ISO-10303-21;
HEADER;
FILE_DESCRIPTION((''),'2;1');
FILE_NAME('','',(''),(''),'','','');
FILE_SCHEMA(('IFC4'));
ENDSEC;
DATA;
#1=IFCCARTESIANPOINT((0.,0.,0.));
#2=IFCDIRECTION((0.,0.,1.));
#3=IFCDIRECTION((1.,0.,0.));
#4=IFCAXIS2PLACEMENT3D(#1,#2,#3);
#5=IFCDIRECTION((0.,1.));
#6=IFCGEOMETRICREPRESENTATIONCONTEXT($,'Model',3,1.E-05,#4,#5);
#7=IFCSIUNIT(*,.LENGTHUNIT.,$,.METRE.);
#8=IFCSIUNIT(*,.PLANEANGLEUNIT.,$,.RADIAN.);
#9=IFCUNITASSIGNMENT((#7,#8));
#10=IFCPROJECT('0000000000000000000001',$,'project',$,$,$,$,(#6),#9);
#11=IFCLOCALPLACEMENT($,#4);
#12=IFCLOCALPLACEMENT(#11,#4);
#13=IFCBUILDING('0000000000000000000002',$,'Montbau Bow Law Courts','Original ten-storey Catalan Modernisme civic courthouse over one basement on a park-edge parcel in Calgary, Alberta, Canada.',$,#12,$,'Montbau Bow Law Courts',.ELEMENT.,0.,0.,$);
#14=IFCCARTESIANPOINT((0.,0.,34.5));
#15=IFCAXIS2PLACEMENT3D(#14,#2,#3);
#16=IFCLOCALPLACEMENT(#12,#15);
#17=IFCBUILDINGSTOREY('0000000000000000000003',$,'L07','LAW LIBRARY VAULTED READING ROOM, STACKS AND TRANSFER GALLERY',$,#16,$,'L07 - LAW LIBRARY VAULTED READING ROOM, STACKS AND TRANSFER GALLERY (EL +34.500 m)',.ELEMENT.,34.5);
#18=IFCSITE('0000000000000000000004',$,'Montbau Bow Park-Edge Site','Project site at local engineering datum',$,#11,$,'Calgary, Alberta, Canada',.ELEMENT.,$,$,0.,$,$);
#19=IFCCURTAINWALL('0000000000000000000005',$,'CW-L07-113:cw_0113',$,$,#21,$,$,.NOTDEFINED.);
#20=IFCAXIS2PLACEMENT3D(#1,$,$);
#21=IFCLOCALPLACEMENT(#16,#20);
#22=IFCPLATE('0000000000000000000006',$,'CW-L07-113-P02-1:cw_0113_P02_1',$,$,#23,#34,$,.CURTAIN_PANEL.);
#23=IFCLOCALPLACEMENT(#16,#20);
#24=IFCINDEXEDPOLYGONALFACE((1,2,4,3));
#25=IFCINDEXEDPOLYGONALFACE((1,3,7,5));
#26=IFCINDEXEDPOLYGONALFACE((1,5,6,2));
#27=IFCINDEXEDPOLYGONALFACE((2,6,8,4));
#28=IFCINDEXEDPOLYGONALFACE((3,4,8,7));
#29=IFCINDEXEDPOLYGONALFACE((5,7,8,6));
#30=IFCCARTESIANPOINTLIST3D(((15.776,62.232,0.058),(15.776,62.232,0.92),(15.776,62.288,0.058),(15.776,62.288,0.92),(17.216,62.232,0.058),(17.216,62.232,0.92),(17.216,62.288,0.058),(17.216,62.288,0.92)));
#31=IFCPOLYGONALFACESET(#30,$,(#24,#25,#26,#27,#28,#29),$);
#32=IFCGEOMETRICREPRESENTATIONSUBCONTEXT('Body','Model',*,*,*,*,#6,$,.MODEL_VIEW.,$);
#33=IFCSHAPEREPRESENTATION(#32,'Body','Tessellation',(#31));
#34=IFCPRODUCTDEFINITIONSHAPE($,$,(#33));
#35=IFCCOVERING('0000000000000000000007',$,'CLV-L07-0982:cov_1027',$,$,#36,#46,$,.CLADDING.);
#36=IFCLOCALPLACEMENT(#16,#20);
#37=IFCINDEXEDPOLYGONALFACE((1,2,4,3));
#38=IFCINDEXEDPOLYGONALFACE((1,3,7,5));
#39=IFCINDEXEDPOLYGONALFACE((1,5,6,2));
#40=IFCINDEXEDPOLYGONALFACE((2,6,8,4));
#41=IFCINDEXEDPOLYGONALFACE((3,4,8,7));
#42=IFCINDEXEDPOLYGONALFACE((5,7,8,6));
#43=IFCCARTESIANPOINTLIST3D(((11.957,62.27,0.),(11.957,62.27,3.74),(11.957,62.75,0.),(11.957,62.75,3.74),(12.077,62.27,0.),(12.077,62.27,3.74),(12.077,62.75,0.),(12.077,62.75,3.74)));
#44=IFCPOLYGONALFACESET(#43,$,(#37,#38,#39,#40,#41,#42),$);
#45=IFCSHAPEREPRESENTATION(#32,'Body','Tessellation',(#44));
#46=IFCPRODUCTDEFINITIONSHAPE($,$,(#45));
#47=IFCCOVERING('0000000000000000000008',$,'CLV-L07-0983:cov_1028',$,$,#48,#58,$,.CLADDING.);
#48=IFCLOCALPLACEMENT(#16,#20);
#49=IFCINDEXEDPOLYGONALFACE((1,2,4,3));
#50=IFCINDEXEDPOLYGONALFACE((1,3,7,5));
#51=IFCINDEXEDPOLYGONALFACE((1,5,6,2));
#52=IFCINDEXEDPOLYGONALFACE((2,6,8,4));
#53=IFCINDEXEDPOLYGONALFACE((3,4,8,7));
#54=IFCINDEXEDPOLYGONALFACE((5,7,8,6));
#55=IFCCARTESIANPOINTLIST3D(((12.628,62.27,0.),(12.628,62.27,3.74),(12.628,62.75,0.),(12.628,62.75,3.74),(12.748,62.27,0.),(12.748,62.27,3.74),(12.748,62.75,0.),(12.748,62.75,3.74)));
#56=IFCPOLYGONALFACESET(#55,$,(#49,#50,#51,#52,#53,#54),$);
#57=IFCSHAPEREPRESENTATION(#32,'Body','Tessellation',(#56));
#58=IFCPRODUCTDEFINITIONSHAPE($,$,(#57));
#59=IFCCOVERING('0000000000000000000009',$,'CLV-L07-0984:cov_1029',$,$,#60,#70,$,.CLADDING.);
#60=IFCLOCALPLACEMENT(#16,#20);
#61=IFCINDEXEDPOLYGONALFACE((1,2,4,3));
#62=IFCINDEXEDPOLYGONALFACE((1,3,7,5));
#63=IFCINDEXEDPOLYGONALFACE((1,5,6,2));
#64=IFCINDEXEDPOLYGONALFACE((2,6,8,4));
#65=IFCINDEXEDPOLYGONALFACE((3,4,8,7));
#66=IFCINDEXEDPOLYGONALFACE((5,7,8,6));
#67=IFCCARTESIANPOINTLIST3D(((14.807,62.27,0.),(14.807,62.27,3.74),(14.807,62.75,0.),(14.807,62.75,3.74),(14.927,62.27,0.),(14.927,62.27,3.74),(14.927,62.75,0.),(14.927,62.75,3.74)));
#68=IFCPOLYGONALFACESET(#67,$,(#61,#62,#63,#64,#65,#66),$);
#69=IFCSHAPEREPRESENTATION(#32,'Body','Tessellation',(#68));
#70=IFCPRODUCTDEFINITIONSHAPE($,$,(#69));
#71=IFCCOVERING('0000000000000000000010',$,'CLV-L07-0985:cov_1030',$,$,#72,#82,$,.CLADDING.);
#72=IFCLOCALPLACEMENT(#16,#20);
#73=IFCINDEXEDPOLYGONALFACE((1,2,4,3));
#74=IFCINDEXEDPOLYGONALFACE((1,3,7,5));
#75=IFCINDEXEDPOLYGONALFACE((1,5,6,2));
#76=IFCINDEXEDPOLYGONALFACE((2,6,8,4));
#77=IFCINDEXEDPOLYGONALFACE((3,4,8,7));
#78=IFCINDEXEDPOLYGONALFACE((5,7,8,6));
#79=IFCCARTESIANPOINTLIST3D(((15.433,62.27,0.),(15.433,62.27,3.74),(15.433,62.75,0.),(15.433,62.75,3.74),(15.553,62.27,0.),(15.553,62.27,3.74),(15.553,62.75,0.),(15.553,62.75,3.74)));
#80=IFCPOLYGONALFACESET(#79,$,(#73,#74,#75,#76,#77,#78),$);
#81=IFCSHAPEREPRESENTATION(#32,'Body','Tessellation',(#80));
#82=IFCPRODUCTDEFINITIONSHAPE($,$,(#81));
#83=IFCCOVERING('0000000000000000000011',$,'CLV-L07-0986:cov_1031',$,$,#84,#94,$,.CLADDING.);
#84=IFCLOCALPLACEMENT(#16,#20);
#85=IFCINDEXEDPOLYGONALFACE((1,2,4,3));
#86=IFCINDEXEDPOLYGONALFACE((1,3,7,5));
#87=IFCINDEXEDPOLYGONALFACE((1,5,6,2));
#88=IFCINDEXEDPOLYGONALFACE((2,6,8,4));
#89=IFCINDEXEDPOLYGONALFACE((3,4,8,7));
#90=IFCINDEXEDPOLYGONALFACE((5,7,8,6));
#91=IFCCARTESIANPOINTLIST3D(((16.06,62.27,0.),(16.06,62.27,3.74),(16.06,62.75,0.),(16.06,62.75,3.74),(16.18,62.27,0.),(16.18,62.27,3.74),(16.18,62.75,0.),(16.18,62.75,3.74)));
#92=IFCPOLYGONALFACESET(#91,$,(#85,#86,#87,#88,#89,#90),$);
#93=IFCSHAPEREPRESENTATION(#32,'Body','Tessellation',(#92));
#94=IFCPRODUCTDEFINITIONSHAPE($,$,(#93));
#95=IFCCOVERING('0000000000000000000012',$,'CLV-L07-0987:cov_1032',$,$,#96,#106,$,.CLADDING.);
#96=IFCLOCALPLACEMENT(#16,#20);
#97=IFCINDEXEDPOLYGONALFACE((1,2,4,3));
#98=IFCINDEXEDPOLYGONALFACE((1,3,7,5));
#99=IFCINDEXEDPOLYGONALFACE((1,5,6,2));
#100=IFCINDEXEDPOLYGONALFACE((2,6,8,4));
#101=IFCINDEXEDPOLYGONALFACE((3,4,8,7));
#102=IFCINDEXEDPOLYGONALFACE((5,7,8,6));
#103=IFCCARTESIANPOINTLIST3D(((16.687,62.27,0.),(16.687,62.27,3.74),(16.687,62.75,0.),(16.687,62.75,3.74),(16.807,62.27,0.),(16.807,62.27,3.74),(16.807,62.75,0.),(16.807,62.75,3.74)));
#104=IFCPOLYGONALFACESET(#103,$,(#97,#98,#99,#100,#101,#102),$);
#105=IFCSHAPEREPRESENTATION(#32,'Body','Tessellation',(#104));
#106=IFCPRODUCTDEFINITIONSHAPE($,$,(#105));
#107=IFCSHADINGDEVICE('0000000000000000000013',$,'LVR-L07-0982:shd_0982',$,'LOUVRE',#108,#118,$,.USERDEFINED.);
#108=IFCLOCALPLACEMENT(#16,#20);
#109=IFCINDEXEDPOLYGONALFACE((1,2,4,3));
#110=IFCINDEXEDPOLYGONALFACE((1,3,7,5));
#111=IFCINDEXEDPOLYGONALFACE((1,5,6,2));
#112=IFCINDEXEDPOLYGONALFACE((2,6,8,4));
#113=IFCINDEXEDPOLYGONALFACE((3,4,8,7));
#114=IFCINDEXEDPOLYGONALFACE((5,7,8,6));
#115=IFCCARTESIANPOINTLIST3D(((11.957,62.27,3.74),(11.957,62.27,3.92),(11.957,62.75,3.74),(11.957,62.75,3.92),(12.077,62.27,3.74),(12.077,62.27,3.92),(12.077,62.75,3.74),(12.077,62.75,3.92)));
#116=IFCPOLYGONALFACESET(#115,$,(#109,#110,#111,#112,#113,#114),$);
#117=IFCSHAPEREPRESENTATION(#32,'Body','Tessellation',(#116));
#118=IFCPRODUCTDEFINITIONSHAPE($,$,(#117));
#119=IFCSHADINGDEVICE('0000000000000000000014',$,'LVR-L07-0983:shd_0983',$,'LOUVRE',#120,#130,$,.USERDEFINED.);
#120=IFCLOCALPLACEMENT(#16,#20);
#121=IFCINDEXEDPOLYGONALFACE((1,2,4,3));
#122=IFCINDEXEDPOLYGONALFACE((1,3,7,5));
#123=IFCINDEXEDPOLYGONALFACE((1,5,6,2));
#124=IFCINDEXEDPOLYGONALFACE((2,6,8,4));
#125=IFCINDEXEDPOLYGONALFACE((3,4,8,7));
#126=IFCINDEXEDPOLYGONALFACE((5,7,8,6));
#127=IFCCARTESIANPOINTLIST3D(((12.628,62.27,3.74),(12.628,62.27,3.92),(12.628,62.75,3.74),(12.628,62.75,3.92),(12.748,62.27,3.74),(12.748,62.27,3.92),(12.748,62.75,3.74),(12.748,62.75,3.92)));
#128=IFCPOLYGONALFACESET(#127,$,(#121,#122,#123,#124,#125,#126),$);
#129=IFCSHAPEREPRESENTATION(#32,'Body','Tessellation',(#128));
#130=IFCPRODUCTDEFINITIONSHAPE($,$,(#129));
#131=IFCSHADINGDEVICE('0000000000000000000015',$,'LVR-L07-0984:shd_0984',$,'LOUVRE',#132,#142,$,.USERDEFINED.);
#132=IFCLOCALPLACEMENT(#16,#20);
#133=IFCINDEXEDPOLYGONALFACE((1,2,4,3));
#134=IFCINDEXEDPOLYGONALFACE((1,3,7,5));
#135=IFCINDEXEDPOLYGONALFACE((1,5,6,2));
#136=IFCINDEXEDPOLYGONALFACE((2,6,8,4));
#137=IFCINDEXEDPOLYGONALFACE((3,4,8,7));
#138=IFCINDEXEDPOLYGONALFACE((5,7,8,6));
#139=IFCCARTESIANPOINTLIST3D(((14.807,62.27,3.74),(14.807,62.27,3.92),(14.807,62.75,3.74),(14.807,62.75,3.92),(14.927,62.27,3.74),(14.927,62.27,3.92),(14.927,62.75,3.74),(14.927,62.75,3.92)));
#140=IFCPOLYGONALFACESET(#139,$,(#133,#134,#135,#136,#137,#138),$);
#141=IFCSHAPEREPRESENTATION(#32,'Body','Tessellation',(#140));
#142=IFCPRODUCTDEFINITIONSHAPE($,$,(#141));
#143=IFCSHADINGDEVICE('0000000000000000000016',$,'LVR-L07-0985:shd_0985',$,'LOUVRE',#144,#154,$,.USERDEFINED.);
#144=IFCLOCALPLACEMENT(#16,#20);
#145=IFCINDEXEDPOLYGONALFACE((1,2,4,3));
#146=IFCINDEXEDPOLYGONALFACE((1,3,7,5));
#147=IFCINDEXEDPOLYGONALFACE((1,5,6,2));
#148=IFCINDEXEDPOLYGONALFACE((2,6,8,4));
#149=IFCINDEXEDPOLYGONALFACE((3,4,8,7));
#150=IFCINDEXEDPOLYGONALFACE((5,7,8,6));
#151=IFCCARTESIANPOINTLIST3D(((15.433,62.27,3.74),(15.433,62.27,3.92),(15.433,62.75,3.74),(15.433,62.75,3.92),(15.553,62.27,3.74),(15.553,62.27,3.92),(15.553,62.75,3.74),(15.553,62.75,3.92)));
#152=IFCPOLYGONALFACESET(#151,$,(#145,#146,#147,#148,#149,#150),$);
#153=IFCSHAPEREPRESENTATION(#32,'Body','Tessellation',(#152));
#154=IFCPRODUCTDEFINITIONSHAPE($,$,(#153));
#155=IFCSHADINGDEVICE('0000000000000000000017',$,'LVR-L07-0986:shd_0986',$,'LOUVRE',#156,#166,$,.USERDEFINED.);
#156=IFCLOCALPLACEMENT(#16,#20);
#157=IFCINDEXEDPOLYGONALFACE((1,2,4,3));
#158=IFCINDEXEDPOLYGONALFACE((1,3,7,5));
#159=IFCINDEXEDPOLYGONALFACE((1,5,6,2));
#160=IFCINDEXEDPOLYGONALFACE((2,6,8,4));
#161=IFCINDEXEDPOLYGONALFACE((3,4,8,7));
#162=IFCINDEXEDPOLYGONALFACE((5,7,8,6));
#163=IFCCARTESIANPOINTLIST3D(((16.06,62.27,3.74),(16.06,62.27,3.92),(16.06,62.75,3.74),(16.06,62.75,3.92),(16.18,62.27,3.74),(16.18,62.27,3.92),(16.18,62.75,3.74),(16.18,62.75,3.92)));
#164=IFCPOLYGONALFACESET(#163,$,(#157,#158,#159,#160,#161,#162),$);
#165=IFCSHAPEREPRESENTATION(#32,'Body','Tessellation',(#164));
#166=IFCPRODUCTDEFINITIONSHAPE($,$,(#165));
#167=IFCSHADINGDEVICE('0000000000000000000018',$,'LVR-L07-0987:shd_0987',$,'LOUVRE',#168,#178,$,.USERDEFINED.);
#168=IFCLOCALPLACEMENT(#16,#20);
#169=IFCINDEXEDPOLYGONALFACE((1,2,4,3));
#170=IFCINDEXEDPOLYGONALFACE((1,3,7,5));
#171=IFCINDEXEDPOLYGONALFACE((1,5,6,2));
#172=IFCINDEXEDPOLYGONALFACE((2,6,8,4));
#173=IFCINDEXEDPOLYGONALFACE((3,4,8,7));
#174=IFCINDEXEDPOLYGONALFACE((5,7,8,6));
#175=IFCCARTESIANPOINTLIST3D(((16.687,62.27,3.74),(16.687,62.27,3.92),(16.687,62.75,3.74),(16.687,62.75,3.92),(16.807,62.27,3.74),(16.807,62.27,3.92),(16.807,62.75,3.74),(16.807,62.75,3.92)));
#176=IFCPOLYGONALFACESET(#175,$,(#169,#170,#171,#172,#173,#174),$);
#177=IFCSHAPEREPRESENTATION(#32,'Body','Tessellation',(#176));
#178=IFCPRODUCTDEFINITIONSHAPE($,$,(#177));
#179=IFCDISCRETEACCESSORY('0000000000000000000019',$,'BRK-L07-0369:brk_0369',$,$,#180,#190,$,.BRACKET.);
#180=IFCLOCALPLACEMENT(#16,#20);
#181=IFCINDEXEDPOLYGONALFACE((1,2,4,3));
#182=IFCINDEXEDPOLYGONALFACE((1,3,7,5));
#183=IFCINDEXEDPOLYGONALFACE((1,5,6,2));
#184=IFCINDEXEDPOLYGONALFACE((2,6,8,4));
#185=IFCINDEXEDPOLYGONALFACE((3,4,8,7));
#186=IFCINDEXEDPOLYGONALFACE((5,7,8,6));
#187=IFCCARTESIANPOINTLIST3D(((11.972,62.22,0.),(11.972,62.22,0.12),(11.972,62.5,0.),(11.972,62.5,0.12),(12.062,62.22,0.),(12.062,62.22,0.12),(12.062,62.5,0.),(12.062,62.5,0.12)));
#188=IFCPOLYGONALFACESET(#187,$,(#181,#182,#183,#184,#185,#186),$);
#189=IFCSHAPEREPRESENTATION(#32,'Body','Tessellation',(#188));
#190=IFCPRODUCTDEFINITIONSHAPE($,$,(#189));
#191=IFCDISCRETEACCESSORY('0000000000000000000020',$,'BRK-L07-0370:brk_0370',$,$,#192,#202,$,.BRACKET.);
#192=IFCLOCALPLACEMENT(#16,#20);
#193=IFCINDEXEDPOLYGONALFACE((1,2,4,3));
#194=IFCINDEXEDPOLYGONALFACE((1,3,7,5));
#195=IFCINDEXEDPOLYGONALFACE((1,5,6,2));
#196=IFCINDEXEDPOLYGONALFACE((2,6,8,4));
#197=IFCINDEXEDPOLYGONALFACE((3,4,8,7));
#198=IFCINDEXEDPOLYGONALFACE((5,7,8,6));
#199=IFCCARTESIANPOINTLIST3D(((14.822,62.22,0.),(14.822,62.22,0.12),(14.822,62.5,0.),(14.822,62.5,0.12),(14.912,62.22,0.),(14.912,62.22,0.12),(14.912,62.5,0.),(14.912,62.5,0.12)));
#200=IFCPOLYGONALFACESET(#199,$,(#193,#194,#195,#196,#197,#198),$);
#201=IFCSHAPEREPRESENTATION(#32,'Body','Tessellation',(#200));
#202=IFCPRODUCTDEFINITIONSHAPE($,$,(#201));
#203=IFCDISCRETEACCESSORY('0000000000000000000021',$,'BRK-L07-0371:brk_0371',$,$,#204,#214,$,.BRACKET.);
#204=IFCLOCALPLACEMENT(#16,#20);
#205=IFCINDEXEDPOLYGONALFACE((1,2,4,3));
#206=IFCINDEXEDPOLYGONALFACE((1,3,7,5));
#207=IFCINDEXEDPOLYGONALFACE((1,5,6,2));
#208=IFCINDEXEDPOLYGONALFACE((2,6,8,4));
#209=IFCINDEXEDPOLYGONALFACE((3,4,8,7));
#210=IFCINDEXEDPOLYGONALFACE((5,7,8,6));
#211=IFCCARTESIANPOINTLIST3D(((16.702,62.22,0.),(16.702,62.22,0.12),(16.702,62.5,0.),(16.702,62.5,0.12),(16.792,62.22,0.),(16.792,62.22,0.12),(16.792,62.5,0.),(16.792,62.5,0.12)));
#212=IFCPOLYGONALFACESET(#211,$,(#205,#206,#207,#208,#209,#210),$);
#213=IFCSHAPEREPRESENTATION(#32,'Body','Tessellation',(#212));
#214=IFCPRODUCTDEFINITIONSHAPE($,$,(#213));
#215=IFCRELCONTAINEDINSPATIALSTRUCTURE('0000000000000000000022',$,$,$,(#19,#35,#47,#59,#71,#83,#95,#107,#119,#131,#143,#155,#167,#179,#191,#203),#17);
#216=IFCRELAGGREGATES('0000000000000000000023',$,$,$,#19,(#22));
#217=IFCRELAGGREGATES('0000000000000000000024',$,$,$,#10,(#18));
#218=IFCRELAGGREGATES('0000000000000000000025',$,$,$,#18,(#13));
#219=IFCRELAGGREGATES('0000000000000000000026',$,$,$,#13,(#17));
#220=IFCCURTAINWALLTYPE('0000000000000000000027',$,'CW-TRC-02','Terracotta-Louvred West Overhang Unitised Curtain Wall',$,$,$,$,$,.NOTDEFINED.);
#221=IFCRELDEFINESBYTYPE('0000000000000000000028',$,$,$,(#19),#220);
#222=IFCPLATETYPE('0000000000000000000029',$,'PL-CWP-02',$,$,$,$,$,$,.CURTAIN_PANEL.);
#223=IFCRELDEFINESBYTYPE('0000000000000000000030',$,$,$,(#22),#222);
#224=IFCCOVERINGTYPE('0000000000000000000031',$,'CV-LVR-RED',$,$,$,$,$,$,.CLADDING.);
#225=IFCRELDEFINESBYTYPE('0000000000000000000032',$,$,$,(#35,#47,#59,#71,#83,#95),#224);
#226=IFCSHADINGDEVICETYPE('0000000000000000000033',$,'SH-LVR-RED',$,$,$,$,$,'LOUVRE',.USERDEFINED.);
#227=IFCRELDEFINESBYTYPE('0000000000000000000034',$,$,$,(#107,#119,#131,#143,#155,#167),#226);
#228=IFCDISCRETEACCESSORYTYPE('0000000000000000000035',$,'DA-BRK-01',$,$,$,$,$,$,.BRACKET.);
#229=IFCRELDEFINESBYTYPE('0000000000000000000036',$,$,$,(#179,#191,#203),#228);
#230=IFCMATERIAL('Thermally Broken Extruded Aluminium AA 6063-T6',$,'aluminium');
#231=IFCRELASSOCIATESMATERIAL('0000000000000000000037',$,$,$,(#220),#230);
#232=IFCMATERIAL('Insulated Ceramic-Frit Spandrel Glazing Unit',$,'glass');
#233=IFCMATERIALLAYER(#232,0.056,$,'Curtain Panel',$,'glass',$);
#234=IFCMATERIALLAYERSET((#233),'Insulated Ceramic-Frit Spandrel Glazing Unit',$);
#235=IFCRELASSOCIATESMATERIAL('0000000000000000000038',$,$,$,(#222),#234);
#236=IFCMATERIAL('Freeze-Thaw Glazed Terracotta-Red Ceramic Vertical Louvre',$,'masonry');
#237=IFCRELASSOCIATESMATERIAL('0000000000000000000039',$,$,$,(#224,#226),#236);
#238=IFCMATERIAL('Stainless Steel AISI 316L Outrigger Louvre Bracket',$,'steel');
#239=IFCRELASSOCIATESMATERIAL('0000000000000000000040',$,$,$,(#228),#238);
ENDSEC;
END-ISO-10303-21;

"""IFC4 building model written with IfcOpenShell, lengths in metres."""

from ifc_helpers import new_model, si_unit, direction, frame, frame_2d, origin_with_axes, origin_2d_with_axis, place, context, subcontext, project, spatial, rectangle, extrude, material, layer, layer_set, type_object, element, aggregate, save


model = new_model("IFC4")

# Units and contexts
model_context = context("Model", 3, precision=1e-05, world=origin_with_axes(), true_north=direction((0.0, 1.0)))
body_context = subcontext(model_context, "Body", "Model", "MODEL_VIEW")
ifc_project = project(units=[si_unit("LENGTHUNIT", "METRE"), si_unit("PLANEANGLEUNIT", "RADIAN")], contexts=[model_context])

# Site, building, storey
site_placement = place(None, origin_with_axes())
site = spatial("IfcSite", under=ifc_project, at=site_placement, Name="Montbau Bow Park-Edge Site", Description="Project site at local engineering datum", LongName="Calgary, Alberta, Canada", CompositionType="ELEMENT", RefElevation=0.0)
building_placement = place(site_placement, origin_with_axes())
building = spatial("IfcBuilding", under=site, at=building_placement, Name="Montbau Bow Law Courts", Description="Original ten-storey Catalan Modernisme civic courthouse over one basement on a park-edge parcel in Calgary, Alberta, Canada.", LongName="Montbau Bow Law Courts", CompositionType="ELEMENT", ElevationOfRefHeight=0.0, ElevationOfTerrain=0.0)
storey_placement = place(building_placement, frame((0.0, 0.0, 34.5), z_axis=(0.0, 0.0, 1.0), x_axis=(1.0, 0.0, 0.0)))
storey = spatial("IfcBuildingStorey", under=building, at=storey_placement, Name="L07", Description="LAW LIBRARY VAULTED READING ROOM, STACKS AND TRANSFER GALLERY", LongName="L07 - LAW LIBRARY VAULTED READING ROOM, STACKS AND TRANSFER GALLERY (EL +34.500 m)", CompositionType="ELEMENT", Elevation=34.5)

# Shared definitions
ifc_material_1 = material(Name="Thermally Broken Extruded Aluminium AA 6063-T6", Category="aluminium")
curtain_wall_type = type_object("IfcCurtainWallType", Name="CW-TRC-02", Description="Terracotta-Louvred West Overhang Unitised Curtain Wall", PredefinedType="NOTDEFINED", material=ifc_material_1)

# Curtain wall
curtain_wall_1_placement = place(None, frame((14.24, 62.26, 34.5), z_axis=(0.0, 0.0, 1.0), x_axis=(1.0, 0.0, 0.0)))
curtain_wall_1 = element("IfcCurtainWall", 1, at=curtain_wall_1_placement, inside=storey, type_object=curtain_wall_type, Name="CW-L07-113:cw_0113", PredefinedType="NOTDEFINED")

# Plate
ifc_material_2 = material(Name="Insulated Ceramic-Frit Spandrel Glazing Unit", Category="glass")
ifc_layer_1 = layer(ifc_material_2, 0.056, Name="Curtain Panel", Category="glass")
ifc_layer_set_1 = layer_set([ifc_layer_1], Name="Insulated Ceramic-Frit Spandrel Glazing Unit")
plate_type_1 = type_object("IfcPlateType", Name="PL-CWP-02", PredefinedType="CURTAIN_PANEL", material=ifc_layer_set_1)
plate_1_placement = place(None, frame((15.776, 62.26, 34.558), z_axis=(0.0, -1.0, 0.0), x_axis=(1.0, 0.0, 0.0)))
plate_1 = element("IfcPlate", 2, at=plate_1_placement, type_object=plate_type_1, Name="CW-L07-113-P02-1:cw_0113_P02_1", PredefinedType="CURTAIN_PANEL", context=body_context, shape_type="SweptSolid", body=[
    extrude(rectangle(XDim=1.44, YDim=0.862, at=frame_2d((0.72, 0.431), x_axis=(1.0, 0.0))), frame((0.0, 0.0, -0.028), z_axis=(0.0, 0.0, 1.0), x_axis=(1.0, 0.0, 0.0)), (0.0, 0.0, 1.0), 0.056),
])
aggregate(curtain_wall_1, [plate_1])

# Coverings
ifc_material_3 = material(Name="Freeze-Thaw Glazed Terracotta-Red Ceramic Vertical Louvre", Category="masonry")
covering_type = type_object("IfcCoveringType", Name="CV-LVR-RED", PredefinedType="CLADDING", material=ifc_material_3)
for number, where, z_axis, x_axis, name in (
    (3, (12.017, 62.27, 34.5), (1.0, 0.0, 0.0), (0.0, 1.0, 0.0), "CLV-L07-0982:cov_1027"),
    (4, (12.688, 62.27, 34.5), (1.0, 0.0, 0.0), (0.0, 1.0, 0.0), "CLV-L07-0983:cov_1028"),
    (5, (14.867, 62.27, 34.5), (1.0, 0.0, 0.0), (0.0, 1.0, 0.0), "CLV-L07-0984:cov_1029"),
    (6, (15.493, 62.27, 34.5), (1.0, 0.0, 0.0), (0.0, 1.0, 0.0), "CLV-L07-0985:cov_1030"),
    (7, (16.12, 62.27, 34.5), (1.0, 0.0, 0.0), (0.0, 1.0, 0.0), "CLV-L07-0986:cov_1031"),
    (8, (16.747, 62.27, 34.5), (1.0, 0.0, 0.0), (0.0, 1.0, 0.0), "CLV-L07-0987:cov_1032"),
):
    element("IfcCovering", number, at=place(None, frame(where, z_axis=z_axis, x_axis=x_axis)), inside=storey, type_object=covering_type, Name=name, PredefinedType="CLADDING", context=body_context, shape_type="SweptSolid", body=[
        extrude(rectangle(XDim=0.48, YDim=3.74, at=frame_2d((0.24, 1.87), x_axis=(1.0, 0.0))), frame((0.0, 0.0, -0.06), z_axis=(0.0, 0.0, 1.0), x_axis=(1.0, 0.0, 0.0)), (0.0, 0.0, 1.0), 0.12),
    ])

# Shading devices
shading_device_type = type_object("IfcShadingDeviceType", Name="SH-LVR-RED", ElementType="LOUVRE", PredefinedType="USERDEFINED", material=ifc_material_3)
for number, where, z_axis, x_axis, name in (
    (9, (12.017, 62.51, 38.24), (0.0, 0.0, 1.0), (0.0, 1.0, 0.0), "LVR-L07-0982:shd_0982"),
    (10, (12.688, 62.51, 38.24), (0.0, 0.0, 1.0), (0.0, 1.0, 0.0), "LVR-L07-0983:shd_0983"),
    (11, (14.867, 62.51, 38.24), (0.0, 0.0, 1.0), (0.0, 1.0, 0.0), "LVR-L07-0984:shd_0984"),
    (12, (15.493, 62.51, 38.24), (0.0, 0.0, 1.0), (0.0, 1.0, 0.0), "LVR-L07-0985:shd_0985"),
    (13, (16.12, 62.51, 38.24), (0.0, 0.0, 1.0), (0.0, 1.0, 0.0), "LVR-L07-0986:shd_0986"),
    (14, (16.747, 62.51, 38.24), (0.0, 0.0, 1.0), (0.0, 1.0, 0.0), "LVR-L07-0987:shd_0987"),
):
    element("IfcShadingDevice", number, at=place(None, frame(where, z_axis=z_axis, x_axis=x_axis)), inside=storey, type_object=shading_device_type, Name=name, ObjectType="LOUVRE", PredefinedType="USERDEFINED", context=body_context, shape_type="SweptSolid", body=[
        extrude(rectangle(XDim=0.48, YDim=0.12, at=origin_2d_with_axis()), origin_with_axes(), (0.0, 0.0, 1.0), 0.18),
    ])

# Discrete accessories
ifc_material_4 = material(Name="Stainless Steel AISI 316L Outrigger Louvre Bracket", Category="steel")
discrete_accessory_type = type_object("IfcDiscreteAccessoryType", Name="DA-BRK-01", PredefinedType="BRACKET", material=ifc_material_4)
for number, where, z_axis, x_axis, name in (
    (15, (12.017, 62.36, 34.5), (0.0, 0.0, 1.0), (0.0, 1.0, 0.0), "BRK-L07-0369:brk_0369"),
    (16, (14.867, 62.36, 34.5), (0.0, 0.0, 1.0), (0.0, 1.0, 0.0), "BRK-L07-0370:brk_0370"),
    (17, (16.747, 62.36, 34.5), (0.0, 0.0, 1.0), (0.0, 1.0, 0.0), "BRK-L07-0371:brk_0371"),
):
    element("IfcDiscreteAccessory", number, at=place(None, frame(where, z_axis=z_axis, x_axis=x_axis)), inside=storey, type_object=discrete_accessory_type, Name=name, PredefinedType="BRACKET", context=body_context, shape_type="SweptSolid", body=[
        extrude(rectangle(XDim=0.28, YDim=0.09, at=origin_2d_with_axis()), origin_with_axes(), (0.0, 0.0, 1.0), 0.12),
    ])

save(model, "model.ifc")
